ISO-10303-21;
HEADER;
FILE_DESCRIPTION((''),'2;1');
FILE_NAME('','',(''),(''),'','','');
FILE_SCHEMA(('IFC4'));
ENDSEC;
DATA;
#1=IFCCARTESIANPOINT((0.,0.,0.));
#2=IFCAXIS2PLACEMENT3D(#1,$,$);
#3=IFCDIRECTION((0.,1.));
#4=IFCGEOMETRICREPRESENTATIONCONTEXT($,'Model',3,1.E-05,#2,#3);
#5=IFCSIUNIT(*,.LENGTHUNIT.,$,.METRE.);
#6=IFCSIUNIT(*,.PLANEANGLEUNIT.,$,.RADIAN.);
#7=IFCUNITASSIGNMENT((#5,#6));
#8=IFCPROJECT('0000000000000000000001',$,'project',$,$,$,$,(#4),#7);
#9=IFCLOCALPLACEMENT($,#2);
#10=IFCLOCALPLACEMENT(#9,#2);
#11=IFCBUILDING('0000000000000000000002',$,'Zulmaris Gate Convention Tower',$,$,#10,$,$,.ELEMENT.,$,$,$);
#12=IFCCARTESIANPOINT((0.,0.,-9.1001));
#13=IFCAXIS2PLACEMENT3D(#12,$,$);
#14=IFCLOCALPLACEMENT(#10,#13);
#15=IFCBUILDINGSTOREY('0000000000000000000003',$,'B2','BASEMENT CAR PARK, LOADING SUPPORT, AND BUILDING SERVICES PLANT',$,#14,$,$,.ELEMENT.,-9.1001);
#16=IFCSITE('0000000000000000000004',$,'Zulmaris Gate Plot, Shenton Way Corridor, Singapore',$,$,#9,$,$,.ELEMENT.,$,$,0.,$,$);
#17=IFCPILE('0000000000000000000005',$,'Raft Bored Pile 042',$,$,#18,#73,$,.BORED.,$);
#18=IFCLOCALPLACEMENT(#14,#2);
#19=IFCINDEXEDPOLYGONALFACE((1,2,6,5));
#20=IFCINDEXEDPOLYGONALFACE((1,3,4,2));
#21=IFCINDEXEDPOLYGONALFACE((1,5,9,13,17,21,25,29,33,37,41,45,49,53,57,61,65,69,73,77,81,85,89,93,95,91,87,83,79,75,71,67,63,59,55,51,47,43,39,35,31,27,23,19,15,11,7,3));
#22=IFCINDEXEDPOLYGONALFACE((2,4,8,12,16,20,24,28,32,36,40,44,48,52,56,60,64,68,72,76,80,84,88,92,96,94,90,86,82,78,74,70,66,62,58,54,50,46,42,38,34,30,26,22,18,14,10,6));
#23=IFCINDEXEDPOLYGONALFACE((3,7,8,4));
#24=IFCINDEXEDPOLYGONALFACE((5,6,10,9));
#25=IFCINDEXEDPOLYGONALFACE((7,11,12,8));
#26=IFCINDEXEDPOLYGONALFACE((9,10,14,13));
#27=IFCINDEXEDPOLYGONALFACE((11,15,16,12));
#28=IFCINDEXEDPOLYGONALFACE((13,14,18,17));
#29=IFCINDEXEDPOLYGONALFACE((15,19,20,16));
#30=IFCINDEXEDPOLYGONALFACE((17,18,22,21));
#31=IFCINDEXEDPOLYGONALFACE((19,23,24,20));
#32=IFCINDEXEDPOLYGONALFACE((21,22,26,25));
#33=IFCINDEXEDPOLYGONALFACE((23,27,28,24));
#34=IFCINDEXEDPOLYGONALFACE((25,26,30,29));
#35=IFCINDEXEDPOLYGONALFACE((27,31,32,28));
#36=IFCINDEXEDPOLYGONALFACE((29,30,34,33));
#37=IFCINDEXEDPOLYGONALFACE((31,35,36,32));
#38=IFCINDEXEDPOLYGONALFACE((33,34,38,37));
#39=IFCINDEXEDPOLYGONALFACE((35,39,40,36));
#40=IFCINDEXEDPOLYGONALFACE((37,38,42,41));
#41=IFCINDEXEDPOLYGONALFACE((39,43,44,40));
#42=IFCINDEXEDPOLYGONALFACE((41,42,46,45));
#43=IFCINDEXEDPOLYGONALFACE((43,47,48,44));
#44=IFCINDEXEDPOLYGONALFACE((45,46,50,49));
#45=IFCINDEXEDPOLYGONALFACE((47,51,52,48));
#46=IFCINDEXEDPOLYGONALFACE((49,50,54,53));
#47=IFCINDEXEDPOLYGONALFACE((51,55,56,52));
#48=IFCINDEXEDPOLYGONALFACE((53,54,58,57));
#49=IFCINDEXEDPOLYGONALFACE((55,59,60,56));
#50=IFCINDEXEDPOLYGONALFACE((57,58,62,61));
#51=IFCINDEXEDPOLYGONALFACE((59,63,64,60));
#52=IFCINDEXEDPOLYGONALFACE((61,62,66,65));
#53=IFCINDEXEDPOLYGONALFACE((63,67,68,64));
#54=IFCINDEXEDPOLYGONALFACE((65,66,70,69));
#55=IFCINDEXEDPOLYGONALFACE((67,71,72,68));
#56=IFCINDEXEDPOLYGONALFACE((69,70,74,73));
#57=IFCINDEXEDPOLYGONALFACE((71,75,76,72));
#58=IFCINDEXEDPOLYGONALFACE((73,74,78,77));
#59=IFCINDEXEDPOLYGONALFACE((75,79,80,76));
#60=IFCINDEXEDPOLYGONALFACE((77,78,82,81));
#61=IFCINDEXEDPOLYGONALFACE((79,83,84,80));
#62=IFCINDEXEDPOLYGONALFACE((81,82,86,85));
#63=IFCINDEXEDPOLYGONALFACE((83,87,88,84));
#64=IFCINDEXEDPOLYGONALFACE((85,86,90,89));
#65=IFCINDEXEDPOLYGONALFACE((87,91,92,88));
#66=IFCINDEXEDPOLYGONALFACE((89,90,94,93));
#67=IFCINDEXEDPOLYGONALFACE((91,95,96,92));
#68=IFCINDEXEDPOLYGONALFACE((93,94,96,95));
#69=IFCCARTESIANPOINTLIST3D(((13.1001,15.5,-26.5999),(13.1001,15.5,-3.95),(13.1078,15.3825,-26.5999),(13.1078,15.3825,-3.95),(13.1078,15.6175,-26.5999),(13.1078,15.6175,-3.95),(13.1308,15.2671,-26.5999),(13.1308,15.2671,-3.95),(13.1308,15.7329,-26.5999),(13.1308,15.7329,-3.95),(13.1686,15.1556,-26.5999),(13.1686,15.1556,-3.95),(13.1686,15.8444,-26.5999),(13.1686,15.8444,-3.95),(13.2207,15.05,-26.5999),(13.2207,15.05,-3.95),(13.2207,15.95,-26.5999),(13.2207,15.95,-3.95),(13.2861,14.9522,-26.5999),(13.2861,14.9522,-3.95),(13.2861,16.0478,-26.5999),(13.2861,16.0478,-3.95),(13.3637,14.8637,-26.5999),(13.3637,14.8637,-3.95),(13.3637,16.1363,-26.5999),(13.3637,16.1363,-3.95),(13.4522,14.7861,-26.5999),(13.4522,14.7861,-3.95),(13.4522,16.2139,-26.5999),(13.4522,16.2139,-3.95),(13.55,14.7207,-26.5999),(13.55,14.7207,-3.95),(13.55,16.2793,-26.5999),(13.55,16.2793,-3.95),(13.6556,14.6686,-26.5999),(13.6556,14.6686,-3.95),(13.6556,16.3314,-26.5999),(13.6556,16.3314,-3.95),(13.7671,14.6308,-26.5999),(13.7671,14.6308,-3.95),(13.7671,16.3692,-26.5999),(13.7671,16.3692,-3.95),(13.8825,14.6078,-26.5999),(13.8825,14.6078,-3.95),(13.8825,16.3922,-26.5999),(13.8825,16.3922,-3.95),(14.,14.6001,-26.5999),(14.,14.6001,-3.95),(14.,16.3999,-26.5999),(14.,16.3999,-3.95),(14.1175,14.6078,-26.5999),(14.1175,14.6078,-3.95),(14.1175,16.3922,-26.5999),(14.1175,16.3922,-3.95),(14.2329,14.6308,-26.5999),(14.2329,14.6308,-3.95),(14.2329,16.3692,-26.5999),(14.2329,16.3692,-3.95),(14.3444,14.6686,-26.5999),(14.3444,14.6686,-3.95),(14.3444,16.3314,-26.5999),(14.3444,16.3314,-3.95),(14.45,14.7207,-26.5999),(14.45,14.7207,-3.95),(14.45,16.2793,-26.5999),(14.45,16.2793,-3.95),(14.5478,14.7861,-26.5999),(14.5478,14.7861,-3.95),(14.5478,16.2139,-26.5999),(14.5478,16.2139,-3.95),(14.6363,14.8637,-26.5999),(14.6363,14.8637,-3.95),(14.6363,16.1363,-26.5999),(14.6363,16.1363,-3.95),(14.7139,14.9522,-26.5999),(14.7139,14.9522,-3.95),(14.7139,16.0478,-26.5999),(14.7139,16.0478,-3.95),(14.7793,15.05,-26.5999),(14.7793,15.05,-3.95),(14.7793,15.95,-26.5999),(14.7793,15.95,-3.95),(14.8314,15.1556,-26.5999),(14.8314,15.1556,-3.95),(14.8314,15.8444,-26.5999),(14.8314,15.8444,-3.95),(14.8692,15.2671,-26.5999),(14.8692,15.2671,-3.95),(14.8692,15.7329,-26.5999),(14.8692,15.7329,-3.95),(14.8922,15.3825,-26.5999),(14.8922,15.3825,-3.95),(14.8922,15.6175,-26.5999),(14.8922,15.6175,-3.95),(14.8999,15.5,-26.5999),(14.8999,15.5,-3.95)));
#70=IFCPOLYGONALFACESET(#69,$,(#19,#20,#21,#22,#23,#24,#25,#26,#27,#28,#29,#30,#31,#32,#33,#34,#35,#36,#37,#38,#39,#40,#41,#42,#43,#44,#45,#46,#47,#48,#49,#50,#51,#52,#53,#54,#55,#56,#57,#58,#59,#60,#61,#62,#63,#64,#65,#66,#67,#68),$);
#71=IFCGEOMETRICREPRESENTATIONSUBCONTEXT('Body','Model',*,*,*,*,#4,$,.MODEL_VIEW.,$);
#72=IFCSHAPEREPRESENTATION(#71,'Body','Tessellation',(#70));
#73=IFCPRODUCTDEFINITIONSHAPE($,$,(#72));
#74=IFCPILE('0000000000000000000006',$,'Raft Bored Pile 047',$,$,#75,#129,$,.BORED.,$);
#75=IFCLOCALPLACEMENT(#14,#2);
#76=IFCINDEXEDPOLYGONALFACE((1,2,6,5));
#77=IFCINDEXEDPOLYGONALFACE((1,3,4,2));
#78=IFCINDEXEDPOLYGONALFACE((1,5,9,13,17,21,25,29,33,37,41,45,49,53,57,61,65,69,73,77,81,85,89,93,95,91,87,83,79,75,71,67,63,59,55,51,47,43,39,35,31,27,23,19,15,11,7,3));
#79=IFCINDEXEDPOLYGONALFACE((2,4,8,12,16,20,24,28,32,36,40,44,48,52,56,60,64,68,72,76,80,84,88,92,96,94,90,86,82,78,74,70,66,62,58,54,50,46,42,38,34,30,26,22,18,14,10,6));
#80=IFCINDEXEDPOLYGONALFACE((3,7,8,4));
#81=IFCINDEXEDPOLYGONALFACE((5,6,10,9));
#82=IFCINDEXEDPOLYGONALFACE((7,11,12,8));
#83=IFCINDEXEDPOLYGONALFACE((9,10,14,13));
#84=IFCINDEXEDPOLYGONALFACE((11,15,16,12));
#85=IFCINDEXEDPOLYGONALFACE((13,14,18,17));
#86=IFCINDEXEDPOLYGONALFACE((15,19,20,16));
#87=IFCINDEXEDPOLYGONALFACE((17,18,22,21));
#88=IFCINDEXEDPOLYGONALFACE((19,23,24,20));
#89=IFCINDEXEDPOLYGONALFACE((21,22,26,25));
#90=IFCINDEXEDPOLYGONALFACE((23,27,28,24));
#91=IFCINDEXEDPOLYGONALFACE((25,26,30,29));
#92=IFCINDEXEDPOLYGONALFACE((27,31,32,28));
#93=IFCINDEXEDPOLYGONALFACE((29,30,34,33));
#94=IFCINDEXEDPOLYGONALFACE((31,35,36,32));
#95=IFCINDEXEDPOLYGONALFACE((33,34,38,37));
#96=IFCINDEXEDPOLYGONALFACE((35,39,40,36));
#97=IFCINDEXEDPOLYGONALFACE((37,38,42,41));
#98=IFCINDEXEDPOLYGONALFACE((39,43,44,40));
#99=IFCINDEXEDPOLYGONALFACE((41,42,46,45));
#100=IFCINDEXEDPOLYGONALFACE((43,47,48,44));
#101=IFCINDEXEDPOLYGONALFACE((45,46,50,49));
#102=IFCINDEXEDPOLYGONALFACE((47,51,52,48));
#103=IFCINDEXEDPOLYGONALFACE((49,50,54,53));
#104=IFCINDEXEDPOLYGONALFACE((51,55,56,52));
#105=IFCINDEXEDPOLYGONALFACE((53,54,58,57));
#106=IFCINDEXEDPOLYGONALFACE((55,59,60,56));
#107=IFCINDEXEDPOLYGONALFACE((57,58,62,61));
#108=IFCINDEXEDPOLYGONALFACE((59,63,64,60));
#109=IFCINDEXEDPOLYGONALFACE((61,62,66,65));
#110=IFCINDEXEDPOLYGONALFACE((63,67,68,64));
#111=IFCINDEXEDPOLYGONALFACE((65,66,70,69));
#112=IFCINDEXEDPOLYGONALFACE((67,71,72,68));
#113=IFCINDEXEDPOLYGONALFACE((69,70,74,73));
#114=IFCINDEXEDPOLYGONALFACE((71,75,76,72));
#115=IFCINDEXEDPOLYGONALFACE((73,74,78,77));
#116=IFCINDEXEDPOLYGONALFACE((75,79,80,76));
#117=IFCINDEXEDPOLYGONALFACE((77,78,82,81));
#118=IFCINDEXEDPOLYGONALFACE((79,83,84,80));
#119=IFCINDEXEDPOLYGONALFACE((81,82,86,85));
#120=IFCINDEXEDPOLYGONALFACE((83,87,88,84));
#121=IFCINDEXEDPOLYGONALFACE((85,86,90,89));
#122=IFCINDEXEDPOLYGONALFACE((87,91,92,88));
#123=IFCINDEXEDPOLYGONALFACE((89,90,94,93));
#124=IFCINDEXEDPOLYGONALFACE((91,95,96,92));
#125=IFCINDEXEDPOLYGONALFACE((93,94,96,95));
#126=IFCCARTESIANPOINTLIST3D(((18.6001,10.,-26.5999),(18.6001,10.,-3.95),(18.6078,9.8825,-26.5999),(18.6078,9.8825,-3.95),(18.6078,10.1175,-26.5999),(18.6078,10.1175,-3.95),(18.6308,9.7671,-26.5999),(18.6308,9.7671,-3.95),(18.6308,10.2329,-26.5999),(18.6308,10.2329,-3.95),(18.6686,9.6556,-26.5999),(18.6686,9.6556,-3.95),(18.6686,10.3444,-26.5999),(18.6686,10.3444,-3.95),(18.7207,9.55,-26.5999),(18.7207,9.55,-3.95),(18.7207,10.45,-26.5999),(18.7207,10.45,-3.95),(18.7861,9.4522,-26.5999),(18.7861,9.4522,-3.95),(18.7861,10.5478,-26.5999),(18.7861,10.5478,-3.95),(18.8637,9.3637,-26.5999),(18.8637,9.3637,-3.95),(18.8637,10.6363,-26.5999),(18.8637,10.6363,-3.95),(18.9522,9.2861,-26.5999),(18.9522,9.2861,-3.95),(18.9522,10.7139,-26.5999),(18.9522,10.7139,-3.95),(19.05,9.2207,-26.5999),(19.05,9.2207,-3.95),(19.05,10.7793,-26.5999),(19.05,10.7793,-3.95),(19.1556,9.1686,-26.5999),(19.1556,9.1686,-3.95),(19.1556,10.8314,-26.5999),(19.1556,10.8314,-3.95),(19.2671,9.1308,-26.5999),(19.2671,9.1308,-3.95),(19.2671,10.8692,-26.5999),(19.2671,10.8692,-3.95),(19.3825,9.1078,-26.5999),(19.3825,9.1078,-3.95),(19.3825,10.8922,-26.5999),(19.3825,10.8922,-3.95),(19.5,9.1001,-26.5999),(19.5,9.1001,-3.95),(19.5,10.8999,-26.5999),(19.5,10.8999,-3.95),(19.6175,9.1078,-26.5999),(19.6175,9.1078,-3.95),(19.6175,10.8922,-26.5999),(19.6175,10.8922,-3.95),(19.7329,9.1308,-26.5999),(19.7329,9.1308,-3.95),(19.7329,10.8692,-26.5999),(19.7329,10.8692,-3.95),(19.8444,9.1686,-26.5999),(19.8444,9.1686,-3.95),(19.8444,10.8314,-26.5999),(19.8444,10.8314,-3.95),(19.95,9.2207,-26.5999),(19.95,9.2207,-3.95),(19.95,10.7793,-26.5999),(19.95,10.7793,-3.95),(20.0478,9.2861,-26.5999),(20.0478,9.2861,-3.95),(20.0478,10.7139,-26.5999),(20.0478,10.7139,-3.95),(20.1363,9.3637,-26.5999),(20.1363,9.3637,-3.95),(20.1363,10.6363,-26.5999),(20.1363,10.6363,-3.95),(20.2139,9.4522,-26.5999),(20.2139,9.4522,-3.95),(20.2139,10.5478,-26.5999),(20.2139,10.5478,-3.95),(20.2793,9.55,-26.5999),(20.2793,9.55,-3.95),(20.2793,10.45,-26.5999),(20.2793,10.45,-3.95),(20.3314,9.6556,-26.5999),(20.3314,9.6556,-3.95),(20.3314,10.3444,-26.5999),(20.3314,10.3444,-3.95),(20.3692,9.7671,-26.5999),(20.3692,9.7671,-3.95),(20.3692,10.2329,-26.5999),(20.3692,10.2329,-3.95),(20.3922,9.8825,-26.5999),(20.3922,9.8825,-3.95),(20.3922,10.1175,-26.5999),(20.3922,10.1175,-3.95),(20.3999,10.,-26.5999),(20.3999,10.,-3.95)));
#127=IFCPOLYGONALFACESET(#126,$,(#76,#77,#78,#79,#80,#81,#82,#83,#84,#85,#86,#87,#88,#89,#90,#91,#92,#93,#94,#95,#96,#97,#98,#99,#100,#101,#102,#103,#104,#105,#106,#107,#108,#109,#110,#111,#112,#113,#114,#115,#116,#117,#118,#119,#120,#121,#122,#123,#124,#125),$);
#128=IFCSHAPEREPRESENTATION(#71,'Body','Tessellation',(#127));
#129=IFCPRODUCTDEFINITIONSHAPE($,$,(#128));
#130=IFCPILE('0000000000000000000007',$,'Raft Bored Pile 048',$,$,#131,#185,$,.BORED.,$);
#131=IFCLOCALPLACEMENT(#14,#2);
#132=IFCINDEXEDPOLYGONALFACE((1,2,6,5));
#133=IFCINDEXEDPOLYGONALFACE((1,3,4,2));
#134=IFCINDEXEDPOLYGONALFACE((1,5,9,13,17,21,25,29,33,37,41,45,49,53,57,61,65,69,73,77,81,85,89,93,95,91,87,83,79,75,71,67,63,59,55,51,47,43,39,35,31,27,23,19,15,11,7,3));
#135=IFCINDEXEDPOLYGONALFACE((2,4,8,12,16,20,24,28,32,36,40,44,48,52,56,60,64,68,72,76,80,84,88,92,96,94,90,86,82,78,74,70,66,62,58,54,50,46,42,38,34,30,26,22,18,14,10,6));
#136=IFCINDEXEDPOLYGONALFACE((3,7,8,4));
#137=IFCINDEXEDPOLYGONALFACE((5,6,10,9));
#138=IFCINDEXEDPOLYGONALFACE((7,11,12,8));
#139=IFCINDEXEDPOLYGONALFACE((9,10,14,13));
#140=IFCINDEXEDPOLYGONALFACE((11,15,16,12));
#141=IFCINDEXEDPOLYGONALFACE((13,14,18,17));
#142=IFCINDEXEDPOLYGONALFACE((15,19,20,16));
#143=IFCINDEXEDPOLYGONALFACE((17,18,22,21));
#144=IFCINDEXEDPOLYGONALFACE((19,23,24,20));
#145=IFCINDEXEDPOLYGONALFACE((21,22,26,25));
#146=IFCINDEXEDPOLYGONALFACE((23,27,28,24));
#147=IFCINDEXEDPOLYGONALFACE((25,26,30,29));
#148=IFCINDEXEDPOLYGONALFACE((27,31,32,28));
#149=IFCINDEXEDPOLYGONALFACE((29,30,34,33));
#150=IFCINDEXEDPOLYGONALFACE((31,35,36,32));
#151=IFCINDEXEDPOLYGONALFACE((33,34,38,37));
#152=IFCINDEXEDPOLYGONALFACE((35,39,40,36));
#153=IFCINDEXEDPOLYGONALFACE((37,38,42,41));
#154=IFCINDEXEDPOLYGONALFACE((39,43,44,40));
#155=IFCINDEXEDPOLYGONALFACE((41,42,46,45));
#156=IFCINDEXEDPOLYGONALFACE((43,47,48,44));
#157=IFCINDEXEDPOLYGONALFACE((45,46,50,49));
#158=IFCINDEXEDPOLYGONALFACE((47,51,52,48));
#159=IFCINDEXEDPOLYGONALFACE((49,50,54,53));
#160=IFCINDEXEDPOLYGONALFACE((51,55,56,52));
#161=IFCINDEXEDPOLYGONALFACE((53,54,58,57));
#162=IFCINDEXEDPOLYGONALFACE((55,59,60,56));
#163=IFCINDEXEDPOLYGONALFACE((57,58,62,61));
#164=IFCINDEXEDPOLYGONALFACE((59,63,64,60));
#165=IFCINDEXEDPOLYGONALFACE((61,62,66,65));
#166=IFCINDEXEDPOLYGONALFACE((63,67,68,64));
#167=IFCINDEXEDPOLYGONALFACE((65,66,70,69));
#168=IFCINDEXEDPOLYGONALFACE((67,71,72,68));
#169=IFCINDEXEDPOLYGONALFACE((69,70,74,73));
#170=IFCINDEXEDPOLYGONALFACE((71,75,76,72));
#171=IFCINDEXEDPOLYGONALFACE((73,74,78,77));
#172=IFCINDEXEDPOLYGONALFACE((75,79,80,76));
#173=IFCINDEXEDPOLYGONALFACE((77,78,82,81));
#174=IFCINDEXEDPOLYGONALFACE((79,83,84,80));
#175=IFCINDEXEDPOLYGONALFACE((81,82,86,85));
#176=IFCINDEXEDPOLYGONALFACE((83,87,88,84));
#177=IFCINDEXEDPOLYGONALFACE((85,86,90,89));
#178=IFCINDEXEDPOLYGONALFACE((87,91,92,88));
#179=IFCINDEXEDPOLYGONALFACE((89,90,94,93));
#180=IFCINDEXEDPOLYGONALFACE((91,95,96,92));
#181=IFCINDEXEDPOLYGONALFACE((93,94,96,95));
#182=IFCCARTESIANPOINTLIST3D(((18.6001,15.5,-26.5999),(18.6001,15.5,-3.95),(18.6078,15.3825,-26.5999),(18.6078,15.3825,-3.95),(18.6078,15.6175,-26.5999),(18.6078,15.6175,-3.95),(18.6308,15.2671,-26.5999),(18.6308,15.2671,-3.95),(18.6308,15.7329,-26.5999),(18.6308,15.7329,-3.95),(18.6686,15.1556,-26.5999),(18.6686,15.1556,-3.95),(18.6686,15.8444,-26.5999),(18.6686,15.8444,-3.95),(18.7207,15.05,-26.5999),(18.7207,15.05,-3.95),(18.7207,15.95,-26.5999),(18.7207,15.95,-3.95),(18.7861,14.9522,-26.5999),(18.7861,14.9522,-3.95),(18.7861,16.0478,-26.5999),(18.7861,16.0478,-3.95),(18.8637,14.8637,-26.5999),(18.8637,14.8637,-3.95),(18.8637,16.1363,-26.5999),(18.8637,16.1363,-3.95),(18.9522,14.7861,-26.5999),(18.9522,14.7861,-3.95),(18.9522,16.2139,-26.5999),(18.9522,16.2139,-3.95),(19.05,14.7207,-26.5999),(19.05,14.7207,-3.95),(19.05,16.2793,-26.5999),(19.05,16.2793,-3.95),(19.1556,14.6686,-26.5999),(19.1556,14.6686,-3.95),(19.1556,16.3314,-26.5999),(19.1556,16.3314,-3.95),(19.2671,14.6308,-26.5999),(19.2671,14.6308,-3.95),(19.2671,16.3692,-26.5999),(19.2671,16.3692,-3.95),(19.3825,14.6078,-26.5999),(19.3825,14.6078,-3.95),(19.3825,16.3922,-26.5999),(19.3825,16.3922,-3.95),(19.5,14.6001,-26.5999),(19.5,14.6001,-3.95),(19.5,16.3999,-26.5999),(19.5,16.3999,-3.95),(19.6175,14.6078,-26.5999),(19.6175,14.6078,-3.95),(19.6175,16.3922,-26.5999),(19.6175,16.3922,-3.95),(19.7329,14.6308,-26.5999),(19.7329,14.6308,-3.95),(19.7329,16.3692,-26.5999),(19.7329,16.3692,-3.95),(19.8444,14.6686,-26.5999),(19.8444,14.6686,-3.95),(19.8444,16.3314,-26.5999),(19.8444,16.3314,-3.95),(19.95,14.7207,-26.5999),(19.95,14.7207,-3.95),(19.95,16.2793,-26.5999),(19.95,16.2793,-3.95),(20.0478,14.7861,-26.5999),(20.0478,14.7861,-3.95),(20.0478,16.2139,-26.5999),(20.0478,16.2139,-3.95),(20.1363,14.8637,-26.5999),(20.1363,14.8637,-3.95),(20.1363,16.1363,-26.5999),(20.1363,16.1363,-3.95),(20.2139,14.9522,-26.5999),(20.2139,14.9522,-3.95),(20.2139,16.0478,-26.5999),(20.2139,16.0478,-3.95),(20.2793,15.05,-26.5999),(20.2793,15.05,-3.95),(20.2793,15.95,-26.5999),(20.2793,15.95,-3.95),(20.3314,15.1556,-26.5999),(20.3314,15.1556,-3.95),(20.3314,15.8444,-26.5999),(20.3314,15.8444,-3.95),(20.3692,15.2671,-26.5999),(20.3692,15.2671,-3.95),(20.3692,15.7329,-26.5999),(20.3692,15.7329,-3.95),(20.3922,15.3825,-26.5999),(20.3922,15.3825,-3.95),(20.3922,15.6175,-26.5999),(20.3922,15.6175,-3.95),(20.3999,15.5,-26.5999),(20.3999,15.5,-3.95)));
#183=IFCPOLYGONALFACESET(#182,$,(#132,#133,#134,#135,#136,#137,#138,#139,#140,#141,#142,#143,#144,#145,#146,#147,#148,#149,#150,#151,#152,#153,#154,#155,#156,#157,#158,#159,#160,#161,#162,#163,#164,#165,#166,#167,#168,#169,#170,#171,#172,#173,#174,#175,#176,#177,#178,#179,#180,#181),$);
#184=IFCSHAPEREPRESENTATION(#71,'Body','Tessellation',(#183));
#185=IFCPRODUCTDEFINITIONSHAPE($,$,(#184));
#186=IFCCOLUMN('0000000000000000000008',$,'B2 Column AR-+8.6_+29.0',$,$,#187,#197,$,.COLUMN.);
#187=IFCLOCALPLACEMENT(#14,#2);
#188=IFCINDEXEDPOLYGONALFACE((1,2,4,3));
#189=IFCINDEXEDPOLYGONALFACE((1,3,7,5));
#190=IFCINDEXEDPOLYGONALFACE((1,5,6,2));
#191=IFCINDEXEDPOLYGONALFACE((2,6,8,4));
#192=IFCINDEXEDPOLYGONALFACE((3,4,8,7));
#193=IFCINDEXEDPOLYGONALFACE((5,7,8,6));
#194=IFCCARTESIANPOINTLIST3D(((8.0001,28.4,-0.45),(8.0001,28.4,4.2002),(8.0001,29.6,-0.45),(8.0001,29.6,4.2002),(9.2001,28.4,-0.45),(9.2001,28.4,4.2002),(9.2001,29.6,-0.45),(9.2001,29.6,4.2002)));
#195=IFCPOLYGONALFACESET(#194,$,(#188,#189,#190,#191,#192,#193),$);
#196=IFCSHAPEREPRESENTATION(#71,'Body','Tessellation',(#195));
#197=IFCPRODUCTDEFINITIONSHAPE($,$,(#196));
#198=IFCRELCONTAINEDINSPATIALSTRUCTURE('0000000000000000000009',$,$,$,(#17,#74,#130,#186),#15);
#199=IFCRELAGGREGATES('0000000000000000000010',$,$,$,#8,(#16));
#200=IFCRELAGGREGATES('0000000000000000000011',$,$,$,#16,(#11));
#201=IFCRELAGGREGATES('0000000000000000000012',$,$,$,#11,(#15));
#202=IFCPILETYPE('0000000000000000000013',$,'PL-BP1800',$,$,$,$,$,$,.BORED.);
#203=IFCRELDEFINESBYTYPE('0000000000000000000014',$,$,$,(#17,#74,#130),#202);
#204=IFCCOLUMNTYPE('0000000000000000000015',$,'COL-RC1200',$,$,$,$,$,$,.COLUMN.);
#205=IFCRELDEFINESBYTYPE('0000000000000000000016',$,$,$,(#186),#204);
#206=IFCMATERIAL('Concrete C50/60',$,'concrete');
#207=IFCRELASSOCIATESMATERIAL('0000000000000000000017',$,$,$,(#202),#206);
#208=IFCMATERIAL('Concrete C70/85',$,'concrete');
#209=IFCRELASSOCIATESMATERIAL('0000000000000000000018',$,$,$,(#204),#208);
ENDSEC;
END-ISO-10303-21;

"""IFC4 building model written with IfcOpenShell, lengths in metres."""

from ifc_helpers import new_model, si_unit, direction, frame, origin, origin_2d, place, context, subcontext, project, spatial, rectangle, circle, extrude, material, material_profile, profile_set, type_object, element, save


model = new_model("IFC4")

# Units and contexts
model_context = context("Model", 3, precision=1e-05, world=origin(), true_north=direction((0.0, 1.0)))
body_context = subcontext(model_context, "Body", "Model", "MODEL_VIEW")
ifc_project = project(units=[si_unit("LENGTHUNIT", "METRE"), si_unit("PLANEANGLEUNIT", "RADIAN")], contexts=[model_context])

# Site, building, storey
site_placement = place(None, origin())
site = spatial("IfcSite", under=ifc_project, at=site_placement, Name="Zulmaris Gate Plot, Shenton Way Corridor, Singapore", CompositionType="ELEMENT", RefElevation=0.0)
building_placement = place(site_placement, origin())
building = spatial("IfcBuilding", under=site, at=building_placement, Name="Zulmaris Gate Convention Tower", CompositionType="ELEMENT")
storey_placement = place(building_placement, frame((0.0, 0.0, -9.1001)))
storey = spatial("IfcBuildingStorey", under=building, at=storey_placement, Name="B2", Description="BASEMENT CAR PARK, LOADING SUPPORT, AND BUILDING SERVICES PLANT", CompositionType="ELEMENT", Elevation=-9.1001)

# Shared definitions
ifc_material_1 = material(Name="Concrete C50/60", Category="concrete")

# Piles
ifc_material_profile_1 = material_profile(ifc_material_1, circle(Radius=0.8999, at=origin_2d()), Name="BORED PILE 1800")
ifc_profile_set_1 = profile_set([ifc_material_profile_1], Name="Concrete C50/60")
pile_type_1 = type_object("IfcPileType", Name="PL-BP1800", PredefinedType="BORED", material=ifc_profile_set_1)
for number, where, z_axis, x_axis, name in (
    (1, (14.0, 15.5, -3.95), (0.0, 0.0, -1.0), (1.0, 0.0, 0.0), "Raft Bored Pile 042"),
    (2, (19.5, 10.0, -3.95), (0.0, 0.0, -1.0), (1.0, 0.0, 0.0), "Raft Bored Pile 047"),
    (3, (19.5, 15.5, -3.95), (0.0, 0.0, -1.0), (1.0, 0.0, 0.0), "Raft Bored Pile 048"),
):
    element("IfcPile", number, at=place(storey_placement, frame(where, z_axis=z_axis, x_axis=x_axis)), inside=storey, type_object=pile_type_1, Name=name, PredefinedType="BORED", context=body_context, shape_type="SweptSolid", body=[
        extrude(circle(Radius=0.8999, at=origin_2d()), origin(), (0.0, 0.0, 1.0), 22.6499),
    ])

# Column
ifc_material_2 = material(Name="Concrete C70/85", Category="concrete")
ifc_material_profile_2 = material_profile(ifc_material_2, rectangle(XDim=1.2, YDim=1.2, at=origin_2d()), Name="RC COL 1200x1200")
ifc_profile_set_2 = profile_set([ifc_material_profile_2], Name="Concrete C70/85")
column_type_1 = type_object("IfcColumnType", Name="COL-RC1200", PredefinedType="COLUMN", material=ifc_profile_set_2)
column_placement = place(storey_placement, frame((8.6001, 29.0, -0.45), z_axis=(0.0, 0.0, 1.0), x_axis=(1.0, 0.0, 0.0)))
element("IfcColumn", 4, at=column_placement, inside=storey, type_object=column_type_1, Name="B2 Column AR-+8.6_+29.0", PredefinedType="COLUMN", context=body_context, shape_type="SweptSolid", body=[
    extrude(rectangle(XDim=1.2, YDim=1.2, at=origin_2d()), origin(), (0.0, 0.0, 1.0), 4.6501),
])

save(model, "model.ifc")
